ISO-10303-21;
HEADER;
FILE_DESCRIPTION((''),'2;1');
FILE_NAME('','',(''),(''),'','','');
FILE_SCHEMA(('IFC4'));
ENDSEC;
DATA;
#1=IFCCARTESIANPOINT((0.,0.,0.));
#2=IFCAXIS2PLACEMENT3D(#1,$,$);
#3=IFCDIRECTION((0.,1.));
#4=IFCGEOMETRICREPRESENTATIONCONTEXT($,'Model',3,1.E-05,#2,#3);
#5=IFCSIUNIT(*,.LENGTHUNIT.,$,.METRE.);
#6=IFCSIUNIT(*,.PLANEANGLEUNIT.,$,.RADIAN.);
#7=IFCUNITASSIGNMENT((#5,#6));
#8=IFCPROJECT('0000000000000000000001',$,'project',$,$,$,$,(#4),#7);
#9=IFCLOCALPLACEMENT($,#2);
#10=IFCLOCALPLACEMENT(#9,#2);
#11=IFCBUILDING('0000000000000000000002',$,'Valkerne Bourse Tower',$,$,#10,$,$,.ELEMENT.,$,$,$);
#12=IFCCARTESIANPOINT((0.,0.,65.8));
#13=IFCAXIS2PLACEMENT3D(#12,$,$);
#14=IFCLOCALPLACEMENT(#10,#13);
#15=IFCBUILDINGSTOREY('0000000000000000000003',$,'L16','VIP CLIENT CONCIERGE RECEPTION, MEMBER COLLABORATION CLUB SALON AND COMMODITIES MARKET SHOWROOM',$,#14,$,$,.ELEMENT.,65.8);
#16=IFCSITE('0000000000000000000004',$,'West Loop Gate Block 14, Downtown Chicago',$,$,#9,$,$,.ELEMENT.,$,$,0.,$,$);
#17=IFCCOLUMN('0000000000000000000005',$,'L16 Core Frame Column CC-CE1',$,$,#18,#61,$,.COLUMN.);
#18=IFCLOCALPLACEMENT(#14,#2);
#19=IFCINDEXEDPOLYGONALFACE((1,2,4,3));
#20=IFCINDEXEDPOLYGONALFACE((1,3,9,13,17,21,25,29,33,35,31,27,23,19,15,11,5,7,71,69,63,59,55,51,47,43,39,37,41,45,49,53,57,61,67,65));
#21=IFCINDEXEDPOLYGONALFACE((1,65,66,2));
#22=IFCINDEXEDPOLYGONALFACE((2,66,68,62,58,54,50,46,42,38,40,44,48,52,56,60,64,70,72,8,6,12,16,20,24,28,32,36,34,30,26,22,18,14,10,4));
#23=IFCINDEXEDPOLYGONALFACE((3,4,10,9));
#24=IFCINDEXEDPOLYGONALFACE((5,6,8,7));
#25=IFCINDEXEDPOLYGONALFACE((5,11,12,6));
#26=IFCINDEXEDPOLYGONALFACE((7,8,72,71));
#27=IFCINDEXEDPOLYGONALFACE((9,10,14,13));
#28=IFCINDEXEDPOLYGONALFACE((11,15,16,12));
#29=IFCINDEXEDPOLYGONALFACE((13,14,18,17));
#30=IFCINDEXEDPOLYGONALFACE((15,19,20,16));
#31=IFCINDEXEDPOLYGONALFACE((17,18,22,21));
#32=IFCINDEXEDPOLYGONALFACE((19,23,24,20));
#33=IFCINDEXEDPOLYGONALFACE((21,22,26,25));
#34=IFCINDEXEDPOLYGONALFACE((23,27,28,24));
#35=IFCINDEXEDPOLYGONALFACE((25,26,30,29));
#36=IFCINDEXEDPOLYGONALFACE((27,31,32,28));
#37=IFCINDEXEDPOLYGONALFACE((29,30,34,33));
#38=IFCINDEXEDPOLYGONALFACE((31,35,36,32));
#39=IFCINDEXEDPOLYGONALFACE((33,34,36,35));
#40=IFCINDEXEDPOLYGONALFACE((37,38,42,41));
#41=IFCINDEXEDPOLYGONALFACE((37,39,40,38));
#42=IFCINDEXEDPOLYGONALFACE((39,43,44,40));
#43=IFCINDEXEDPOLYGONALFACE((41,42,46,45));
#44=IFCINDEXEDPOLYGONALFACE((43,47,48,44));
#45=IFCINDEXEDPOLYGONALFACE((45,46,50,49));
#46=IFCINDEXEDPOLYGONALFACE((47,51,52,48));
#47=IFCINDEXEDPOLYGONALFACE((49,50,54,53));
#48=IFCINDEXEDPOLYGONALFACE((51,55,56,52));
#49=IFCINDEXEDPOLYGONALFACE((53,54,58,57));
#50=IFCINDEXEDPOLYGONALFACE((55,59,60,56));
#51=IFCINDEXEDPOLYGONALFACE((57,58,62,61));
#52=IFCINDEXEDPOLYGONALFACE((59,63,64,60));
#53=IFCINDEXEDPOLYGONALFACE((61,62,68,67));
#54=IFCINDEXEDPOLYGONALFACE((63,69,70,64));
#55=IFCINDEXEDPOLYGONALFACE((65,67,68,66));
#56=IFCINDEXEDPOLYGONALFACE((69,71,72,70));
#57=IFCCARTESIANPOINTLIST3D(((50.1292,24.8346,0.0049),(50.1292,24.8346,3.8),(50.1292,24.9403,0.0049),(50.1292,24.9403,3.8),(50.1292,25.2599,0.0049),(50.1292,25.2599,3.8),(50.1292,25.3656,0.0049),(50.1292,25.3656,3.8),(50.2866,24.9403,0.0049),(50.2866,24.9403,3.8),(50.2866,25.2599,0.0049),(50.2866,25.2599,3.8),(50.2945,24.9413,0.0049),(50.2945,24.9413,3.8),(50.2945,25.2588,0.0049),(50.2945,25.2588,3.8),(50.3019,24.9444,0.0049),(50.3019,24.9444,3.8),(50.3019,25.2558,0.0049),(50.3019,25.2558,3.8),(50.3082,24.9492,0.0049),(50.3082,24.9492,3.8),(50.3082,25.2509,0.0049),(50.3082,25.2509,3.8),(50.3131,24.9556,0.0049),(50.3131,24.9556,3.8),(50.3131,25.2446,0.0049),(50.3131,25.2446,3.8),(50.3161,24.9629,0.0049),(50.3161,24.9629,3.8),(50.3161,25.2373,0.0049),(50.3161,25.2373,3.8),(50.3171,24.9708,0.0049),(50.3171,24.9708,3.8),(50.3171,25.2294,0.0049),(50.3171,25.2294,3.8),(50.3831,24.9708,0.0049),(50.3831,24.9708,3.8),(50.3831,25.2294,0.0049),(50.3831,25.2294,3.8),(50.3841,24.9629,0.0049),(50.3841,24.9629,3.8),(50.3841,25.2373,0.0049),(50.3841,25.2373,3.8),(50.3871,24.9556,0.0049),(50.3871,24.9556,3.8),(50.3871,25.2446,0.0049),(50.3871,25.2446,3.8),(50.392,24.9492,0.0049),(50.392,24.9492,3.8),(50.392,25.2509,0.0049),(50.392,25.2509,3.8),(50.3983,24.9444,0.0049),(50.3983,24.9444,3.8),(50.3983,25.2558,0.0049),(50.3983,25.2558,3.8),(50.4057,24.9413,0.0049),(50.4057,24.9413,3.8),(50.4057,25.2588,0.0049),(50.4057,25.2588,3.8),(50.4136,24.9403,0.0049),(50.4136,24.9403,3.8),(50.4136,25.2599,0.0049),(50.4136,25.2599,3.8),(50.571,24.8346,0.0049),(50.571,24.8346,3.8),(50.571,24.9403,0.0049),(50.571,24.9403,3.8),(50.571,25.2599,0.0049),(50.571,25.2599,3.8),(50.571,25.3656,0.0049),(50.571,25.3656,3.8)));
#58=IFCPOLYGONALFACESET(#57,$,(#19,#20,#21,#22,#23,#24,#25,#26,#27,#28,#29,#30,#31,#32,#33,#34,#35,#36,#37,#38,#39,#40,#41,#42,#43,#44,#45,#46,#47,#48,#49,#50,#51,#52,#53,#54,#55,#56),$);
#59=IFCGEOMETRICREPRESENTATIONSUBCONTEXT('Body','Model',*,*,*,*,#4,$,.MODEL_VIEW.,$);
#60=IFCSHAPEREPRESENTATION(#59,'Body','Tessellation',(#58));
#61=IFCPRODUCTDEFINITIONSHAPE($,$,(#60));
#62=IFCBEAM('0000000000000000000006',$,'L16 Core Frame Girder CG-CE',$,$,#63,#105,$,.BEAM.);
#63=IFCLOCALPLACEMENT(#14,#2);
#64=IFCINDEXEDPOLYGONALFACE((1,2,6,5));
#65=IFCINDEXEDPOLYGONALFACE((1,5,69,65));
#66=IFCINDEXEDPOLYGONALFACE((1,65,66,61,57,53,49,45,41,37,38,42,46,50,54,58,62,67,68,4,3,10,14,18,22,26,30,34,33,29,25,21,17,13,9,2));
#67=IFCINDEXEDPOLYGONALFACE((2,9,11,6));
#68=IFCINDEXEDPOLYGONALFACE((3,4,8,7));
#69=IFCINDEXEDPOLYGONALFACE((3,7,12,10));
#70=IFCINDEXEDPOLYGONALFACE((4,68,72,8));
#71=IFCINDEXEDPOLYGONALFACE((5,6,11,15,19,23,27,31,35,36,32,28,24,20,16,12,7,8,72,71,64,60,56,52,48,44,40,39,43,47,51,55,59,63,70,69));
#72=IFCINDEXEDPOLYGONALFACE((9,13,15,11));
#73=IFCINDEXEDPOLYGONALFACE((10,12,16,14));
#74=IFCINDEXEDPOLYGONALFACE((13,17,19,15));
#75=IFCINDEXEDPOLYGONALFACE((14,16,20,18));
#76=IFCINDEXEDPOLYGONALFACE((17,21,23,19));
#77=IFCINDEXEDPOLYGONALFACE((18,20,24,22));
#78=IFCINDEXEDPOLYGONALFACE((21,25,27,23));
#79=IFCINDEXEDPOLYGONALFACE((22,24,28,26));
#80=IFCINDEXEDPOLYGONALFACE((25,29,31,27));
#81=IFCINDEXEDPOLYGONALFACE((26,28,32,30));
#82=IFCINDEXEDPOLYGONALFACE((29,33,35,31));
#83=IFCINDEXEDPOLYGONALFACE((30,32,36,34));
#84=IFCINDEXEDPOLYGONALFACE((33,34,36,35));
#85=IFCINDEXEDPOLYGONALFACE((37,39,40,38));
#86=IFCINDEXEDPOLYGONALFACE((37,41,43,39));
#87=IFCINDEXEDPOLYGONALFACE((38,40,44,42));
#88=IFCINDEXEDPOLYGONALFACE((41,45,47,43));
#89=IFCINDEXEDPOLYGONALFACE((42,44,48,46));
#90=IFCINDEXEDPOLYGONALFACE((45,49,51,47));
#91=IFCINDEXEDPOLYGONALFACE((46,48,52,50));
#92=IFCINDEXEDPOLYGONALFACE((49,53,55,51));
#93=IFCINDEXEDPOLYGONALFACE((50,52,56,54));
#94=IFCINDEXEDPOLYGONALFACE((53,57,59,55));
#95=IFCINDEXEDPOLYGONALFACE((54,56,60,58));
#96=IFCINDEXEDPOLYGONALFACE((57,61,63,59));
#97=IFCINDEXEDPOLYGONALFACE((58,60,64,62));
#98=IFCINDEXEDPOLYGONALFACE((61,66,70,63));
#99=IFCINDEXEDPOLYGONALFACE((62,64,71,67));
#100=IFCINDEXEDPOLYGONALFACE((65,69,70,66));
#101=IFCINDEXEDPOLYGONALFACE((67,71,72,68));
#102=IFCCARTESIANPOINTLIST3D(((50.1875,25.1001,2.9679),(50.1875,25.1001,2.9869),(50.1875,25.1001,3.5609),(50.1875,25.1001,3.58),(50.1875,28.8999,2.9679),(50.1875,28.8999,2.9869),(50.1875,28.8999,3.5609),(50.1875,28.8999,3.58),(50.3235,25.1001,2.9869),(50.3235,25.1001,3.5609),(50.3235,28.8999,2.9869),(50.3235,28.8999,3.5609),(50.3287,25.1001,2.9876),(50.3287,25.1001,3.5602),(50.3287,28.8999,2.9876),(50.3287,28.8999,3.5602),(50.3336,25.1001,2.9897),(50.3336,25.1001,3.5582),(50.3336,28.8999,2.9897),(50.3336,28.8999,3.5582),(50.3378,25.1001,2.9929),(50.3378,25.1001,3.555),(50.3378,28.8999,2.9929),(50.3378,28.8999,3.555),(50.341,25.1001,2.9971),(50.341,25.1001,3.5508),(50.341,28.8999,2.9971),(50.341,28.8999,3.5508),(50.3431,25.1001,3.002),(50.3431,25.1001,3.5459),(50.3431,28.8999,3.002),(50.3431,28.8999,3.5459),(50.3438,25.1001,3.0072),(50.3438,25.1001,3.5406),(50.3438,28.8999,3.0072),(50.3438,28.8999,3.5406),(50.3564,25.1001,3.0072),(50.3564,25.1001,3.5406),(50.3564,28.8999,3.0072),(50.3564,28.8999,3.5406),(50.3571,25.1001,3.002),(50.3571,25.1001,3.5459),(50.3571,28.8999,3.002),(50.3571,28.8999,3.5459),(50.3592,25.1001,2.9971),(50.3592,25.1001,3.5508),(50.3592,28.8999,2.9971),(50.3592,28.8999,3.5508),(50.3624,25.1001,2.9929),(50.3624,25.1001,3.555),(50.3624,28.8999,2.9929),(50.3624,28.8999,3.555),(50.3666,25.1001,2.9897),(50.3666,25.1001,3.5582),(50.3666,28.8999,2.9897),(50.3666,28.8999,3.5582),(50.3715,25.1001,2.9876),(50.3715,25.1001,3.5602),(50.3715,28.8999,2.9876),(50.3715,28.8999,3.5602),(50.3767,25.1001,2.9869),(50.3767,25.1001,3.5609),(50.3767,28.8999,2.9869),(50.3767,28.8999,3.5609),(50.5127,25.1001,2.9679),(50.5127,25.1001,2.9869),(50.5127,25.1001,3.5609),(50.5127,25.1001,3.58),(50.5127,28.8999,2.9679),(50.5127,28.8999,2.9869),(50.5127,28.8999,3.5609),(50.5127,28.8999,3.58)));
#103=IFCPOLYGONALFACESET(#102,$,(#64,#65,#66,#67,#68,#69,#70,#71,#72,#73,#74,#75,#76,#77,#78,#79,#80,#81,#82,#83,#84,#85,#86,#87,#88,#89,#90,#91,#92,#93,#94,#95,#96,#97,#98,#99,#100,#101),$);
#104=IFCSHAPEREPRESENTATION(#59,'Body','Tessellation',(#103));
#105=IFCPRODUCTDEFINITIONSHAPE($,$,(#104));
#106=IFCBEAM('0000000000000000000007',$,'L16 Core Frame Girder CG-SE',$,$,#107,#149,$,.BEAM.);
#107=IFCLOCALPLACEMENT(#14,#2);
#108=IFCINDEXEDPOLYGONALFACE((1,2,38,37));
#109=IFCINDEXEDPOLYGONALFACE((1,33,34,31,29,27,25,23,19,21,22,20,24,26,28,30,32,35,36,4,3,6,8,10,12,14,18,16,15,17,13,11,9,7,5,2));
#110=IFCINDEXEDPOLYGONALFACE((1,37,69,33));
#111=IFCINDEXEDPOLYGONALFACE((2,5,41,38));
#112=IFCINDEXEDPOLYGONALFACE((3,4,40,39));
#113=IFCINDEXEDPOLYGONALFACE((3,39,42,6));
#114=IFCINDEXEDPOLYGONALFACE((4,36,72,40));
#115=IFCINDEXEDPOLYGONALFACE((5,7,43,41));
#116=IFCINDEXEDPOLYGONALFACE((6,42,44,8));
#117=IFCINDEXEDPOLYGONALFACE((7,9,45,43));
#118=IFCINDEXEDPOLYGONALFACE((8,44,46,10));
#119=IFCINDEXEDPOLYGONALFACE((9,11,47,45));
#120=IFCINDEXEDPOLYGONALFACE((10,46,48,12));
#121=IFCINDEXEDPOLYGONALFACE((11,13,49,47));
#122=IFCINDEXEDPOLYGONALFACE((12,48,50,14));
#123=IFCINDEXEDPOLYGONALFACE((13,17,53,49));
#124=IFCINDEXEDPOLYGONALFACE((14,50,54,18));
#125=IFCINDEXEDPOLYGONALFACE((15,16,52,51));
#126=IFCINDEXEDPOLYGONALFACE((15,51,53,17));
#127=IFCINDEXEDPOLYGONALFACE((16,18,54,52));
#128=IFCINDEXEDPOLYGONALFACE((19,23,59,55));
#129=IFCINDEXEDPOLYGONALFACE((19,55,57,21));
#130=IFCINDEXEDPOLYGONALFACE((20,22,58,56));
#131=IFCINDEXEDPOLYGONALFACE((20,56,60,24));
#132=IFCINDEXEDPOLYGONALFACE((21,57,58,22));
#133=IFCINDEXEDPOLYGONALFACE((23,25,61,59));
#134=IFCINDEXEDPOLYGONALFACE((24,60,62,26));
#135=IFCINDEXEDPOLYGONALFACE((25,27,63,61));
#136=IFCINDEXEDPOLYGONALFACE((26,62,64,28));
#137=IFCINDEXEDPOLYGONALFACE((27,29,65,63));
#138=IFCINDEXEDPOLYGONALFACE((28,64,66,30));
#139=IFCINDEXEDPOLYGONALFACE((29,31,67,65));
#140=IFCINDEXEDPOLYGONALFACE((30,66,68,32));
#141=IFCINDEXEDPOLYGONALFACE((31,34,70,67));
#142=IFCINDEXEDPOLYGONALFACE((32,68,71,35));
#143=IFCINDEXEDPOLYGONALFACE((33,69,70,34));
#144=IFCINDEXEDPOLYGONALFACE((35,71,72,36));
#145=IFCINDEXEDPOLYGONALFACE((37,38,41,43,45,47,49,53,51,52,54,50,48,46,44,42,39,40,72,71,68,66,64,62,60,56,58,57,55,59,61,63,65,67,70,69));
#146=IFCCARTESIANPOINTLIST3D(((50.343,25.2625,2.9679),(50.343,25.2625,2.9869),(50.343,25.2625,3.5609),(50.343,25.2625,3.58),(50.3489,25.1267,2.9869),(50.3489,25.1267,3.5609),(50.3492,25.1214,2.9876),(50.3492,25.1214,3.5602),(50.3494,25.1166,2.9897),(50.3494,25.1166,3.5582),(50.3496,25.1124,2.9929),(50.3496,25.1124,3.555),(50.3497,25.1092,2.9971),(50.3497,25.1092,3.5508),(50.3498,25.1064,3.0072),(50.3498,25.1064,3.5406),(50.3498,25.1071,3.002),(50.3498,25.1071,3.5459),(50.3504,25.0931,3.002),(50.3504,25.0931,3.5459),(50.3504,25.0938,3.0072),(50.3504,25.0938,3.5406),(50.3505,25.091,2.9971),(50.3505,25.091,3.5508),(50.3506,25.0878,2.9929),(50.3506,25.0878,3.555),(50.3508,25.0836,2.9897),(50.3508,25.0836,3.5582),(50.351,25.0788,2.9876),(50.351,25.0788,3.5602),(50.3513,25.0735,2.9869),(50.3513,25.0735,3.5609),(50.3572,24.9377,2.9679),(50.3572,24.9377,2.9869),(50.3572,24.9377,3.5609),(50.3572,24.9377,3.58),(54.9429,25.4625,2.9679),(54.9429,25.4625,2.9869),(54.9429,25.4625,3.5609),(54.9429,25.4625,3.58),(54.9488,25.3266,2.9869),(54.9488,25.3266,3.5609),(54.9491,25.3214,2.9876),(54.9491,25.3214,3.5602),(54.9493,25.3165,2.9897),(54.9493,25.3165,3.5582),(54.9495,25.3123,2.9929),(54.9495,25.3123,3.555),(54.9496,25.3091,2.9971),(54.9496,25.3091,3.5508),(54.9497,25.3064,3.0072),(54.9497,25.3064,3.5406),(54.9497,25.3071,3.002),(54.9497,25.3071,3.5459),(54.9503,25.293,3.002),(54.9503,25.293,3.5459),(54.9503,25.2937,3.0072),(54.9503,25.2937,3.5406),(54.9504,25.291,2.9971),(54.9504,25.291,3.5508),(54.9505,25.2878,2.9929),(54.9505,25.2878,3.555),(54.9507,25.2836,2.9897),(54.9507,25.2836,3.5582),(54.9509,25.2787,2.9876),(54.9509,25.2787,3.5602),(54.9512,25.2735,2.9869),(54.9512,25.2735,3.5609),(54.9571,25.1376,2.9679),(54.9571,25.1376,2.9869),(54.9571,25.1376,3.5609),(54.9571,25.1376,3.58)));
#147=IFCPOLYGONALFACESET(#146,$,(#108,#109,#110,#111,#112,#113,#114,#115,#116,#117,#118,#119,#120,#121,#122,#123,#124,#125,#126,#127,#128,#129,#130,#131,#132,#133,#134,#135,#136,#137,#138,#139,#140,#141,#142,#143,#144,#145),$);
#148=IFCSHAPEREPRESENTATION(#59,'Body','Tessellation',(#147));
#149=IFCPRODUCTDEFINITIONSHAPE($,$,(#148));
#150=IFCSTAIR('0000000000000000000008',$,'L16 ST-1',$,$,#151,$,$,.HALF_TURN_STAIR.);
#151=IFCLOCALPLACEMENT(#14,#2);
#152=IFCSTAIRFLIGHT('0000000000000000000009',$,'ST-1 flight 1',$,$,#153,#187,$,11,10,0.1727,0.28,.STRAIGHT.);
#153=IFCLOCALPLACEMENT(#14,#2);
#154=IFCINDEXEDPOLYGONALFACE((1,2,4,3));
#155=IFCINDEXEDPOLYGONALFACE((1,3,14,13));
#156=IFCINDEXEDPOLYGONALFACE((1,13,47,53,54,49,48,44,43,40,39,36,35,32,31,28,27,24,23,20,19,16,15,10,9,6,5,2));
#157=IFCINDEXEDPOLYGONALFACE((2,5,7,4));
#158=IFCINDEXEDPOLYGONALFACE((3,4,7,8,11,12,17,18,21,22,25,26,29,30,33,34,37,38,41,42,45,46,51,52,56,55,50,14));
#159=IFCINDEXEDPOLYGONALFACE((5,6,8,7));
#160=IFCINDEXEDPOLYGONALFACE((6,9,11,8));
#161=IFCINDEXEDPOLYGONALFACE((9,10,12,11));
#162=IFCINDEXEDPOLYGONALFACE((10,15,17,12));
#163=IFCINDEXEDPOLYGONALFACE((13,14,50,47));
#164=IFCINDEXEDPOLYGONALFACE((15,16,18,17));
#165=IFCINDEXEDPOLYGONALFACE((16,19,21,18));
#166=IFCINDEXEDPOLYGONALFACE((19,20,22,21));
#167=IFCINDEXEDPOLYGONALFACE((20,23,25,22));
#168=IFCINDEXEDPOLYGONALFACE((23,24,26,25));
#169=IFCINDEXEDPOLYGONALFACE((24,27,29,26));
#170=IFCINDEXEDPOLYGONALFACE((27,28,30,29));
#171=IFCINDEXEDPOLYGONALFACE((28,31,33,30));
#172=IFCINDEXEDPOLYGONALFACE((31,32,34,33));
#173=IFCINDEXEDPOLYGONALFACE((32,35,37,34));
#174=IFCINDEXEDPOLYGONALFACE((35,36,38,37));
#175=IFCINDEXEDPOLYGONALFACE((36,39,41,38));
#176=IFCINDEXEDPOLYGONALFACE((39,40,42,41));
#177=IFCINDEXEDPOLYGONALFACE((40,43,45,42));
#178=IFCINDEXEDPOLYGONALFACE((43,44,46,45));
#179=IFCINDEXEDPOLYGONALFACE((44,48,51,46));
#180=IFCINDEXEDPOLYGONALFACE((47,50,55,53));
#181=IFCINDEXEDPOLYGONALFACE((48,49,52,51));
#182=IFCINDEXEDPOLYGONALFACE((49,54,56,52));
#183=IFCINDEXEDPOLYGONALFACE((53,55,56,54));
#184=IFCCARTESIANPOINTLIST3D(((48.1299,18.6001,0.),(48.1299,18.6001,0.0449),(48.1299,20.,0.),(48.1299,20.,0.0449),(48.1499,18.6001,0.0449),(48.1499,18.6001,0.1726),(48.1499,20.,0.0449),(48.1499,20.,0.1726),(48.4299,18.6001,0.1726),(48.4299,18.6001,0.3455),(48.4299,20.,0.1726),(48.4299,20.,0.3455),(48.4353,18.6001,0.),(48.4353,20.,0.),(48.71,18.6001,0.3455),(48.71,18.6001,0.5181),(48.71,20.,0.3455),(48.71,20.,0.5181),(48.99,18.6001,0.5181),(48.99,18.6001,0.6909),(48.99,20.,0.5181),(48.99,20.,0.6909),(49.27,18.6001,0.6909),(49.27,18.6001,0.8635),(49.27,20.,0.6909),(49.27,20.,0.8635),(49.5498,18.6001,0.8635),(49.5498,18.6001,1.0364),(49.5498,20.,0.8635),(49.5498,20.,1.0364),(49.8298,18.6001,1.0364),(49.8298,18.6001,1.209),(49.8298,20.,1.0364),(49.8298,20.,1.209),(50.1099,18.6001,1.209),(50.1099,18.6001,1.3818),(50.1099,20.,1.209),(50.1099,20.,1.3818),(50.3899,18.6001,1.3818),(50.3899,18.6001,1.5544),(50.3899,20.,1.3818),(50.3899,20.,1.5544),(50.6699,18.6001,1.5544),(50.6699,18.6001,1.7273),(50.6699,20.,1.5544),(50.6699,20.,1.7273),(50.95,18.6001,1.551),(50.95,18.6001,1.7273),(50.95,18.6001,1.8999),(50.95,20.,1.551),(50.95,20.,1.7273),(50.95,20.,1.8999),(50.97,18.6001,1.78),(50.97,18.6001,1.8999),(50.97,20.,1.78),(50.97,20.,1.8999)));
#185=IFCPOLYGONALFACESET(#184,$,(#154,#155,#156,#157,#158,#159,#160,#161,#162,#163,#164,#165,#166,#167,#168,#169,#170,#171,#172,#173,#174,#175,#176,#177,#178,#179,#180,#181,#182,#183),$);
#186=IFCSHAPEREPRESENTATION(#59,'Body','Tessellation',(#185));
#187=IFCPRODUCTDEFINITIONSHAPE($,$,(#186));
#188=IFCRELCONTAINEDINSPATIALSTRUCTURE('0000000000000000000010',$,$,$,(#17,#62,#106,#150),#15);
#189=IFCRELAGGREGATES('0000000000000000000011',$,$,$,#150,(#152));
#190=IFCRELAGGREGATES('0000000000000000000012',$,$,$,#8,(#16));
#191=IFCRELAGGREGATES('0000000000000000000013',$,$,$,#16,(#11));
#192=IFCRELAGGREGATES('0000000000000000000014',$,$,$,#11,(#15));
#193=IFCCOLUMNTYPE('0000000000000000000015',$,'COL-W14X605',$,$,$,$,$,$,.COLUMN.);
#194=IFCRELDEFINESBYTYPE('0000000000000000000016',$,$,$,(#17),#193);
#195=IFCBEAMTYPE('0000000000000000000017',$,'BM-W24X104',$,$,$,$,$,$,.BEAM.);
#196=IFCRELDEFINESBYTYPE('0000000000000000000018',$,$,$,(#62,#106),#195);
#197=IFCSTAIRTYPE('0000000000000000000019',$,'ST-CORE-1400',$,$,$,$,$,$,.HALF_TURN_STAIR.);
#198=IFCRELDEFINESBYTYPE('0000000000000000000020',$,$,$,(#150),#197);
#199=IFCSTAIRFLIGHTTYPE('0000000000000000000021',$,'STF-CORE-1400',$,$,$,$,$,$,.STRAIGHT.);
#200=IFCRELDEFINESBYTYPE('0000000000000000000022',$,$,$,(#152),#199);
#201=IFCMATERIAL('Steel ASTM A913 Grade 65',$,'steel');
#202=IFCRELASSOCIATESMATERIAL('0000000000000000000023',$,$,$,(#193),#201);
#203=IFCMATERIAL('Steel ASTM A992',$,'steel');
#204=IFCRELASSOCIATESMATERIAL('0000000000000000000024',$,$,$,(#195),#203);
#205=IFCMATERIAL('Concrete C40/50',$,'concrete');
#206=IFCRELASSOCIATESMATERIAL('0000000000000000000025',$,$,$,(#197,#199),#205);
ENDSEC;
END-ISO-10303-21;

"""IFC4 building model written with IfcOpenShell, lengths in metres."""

from ifc_helpers import new_model, si_unit, direction, frame, origin, origin_2d, place, context, subcontext, project, spatial, polyline, i_section, outline, extrude, material, material_profile, profile_set, type_object, element, aggregate, save


model = new_model("IFC4")

# Units and contexts
model_context = context("Model", 3, precision=1e-05, world=origin(), true_north=direction((0.0, 1.0)))
body_context = subcontext(model_context, "Body", "Model", "MODEL_VIEW")
ifc_project = project(units=[si_unit("LENGTHUNIT", "METRE"), si_unit("PLANEANGLEUNIT", "RADIAN")], contexts=[model_context])

# Site, building, storey
site_placement = place(None, origin())
site = spatial("IfcSite", under=ifc_project, at=site_placement, Name="West Loop Gate Block 14, Downtown Chicago", CompositionType="ELEMENT", RefElevation=0.0)
building_placement = place(site_placement, origin())
building = spatial("IfcBuilding", under=site, at=building_placement, Name="Valkerne Bourse Tower", CompositionType="ELEMENT")
storey_placement = place(building_placement, frame((0.0, 0.0, 65.8)))
storey = spatial("IfcBuildingStorey", under=building, at=storey_placement, Name="L16", Description="VIP CLIENT CONCIERGE RECEPTION, MEMBER COLLABORATION CLUB SALON AND COMMODITIES MARKET SHOWROOM", CompositionType="ELEMENT", Elevation=65.8)

# Column
ifc_material_1 = material(Name="Steel ASTM A913 Grade 65", Category="steel")
ifc_material_profile_1 = material_profile(ifc_material_1, i_section(OverallWidth=0.4419, OverallDepth=0.531, WebThickness=0.0659, FlangeThickness=0.1057, FilletRadius=0.0305, at=origin_2d()), Name="W14X605")
ifc_profile_set_1 = profile_set([ifc_material_profile_1], Name="Steel ASTM A913 Grade 65")
column_type = type_object("IfcColumnType", Name="COL-W14X605", PredefinedType="COLUMN", material=ifc_profile_set_1)
column_placement = place(storey_placement, frame((50.3501, 25.1001, 0.0049), z_axis=(0.0, 0.0, 1.0), x_axis=(1.0, 0.0, 0.0)))
element("IfcColumn", 1, at=column_placement, inside=storey, type_object=column_type, Name="L16 Core Frame Column CC-CE1", PredefinedType="COLUMN", context=body_context, shape_type="SweptSolid", body=[
    extrude(i_section(OverallWidth=0.4419, OverallDepth=0.531, WebThickness=0.0659, FlangeThickness=0.1057, FilletRadius=0.0305, at=origin_2d()), origin(), (0.0, 0.0, 1.0), 3.7952),
])

# Beams
ifc_material_2 = material(Name="Steel ASTM A992", Category="steel")
ifc_material_profile_2 = material_profile(ifc_material_2, i_section(OverallWidth=0.3252, OverallDepth=0.6121, WebThickness=0.0127, FlangeThickness=0.019, FilletRadius=0.0203, at=origin_2d()), Name="W24X104")
ifc_profile_set_2 = profile_set([ifc_material_profile_2], Name="Steel ASTM A992")
beam_type = type_object("IfcBeamType", Name="BM-W24X104", PredefinedType="BEAM", material=ifc_profile_set_2)
beam_1_placement = place(storey_placement, frame((50.3501, 25.1001, 3.2739), z_axis=(0.0, 1.0, 0.0), x_axis=(-1.0, 0.0, 0.0)))
element("IfcBeam", 2, at=beam_1_placement, inside=storey, type_object=beam_type, Name="L16 Core Frame Girder CG-CE", PredefinedType="BEAM", context=body_context, shape_type="SweptSolid", body=[
    extrude(i_section(OverallWidth=0.3252, OverallDepth=0.6121, WebThickness=0.0127, FlangeThickness=0.019, FilletRadius=0.0203, at=origin_2d()), origin(), (0.0, 0.0, 1.0), 3.7998),
])
beam_2_placement = place(storey_placement, frame((50.3501, 25.1001, 3.2739), z_axis=(0.999057, 0.043428, 0.0), x_axis=(-0.043428, 0.999057, 0.0)))
element("IfcBeam", 3, at=beam_2_placement, inside=storey, type_object=beam_type, Name="L16 Core Frame Girder CG-SE", PredefinedType="BEAM", context=body_context, shape_type="SweptSolid", body=[
    extrude(i_section(OverallWidth=0.3252, OverallDepth=0.6121, WebThickness=0.0127, FlangeThickness=0.019, FilletRadius=0.0203, at=origin_2d()), origin(), (0.0, 0.0, 1.0), 4.6042),
])

# Stair, stair flight
ifc_material_3 = material(Name="Concrete C40/50", Category="concrete")
stair_type = type_object("IfcStairType", Name="ST-CORE-1400", PredefinedType="HALF_TURN_STAIR", material=ifc_material_3)
stair_placement = place(storey_placement, origin())
stair = element("IfcStair", 4, at=stair_placement, inside=storey, type_object=stair_type, Name="L16 ST-1", PredefinedType="HALF_TURN_STAIR")
stair_flight_type = type_object("IfcStairFlightType", Name="STF-CORE-1400", PredefinedType="STRAIGHT", material=ifc_material_3)
stair_flight_1_placement = place(storey_placement, frame((48.1499, 19.3, 0.0), z_axis=(0.0, 0.0, 1.0), x_axis=(1.0, 0.0, 0.0)))
stair_flight_1 = element("IfcStairFlight", 5, at=stair_flight_1_placement, type_object=stair_flight_type, Name="ST-1 flight 1", NumberOfRisers=11, NumberOfTreads=10, PredefinedType="STRAIGHT", RiserHeight=0.1727, TreadLength=0.28, context=body_context, shape_type="SweptSolid", body=[
    extrude(outline(polyline([(-0.02, 0.0), (-0.02, 0.0449), (0.0, 0.0449), (0.0, 0.1726), (0.28, 0.1726), (0.28, 0.3455), (0.5601, 0.3455), (0.5601, 0.5181), (0.8401, 0.5181), (0.8401, 0.6909), (1.1201, 0.6909), (1.1201, 0.8635), (1.3999, 0.8635), (1.3999, 1.0364), (1.6799, 1.0364), (1.6799, 1.209), (1.96, 1.209), (1.96, 1.3818), (2.24, 1.3818), (2.24, 1.5544), (2.52, 1.5544), (2.52, 1.7273), (2.8, 1.7273), (2.8, 1.8999), (2.8201, 1.8999), (2.8201, 1.78), (2.8, 1.551), (0.2854, 0.0), (-0.02, 0.0)])), frame((0.0, 0.7, 0.0), z_axis=(0.0, -1.0, 0.0), x_axis=(1.0, 0.0, 0.0)), (0.0, 0.0, 1.0), 1.3999),
])
aggregate(stair, [stair_flight_1])

save(model, "model.ifc")
